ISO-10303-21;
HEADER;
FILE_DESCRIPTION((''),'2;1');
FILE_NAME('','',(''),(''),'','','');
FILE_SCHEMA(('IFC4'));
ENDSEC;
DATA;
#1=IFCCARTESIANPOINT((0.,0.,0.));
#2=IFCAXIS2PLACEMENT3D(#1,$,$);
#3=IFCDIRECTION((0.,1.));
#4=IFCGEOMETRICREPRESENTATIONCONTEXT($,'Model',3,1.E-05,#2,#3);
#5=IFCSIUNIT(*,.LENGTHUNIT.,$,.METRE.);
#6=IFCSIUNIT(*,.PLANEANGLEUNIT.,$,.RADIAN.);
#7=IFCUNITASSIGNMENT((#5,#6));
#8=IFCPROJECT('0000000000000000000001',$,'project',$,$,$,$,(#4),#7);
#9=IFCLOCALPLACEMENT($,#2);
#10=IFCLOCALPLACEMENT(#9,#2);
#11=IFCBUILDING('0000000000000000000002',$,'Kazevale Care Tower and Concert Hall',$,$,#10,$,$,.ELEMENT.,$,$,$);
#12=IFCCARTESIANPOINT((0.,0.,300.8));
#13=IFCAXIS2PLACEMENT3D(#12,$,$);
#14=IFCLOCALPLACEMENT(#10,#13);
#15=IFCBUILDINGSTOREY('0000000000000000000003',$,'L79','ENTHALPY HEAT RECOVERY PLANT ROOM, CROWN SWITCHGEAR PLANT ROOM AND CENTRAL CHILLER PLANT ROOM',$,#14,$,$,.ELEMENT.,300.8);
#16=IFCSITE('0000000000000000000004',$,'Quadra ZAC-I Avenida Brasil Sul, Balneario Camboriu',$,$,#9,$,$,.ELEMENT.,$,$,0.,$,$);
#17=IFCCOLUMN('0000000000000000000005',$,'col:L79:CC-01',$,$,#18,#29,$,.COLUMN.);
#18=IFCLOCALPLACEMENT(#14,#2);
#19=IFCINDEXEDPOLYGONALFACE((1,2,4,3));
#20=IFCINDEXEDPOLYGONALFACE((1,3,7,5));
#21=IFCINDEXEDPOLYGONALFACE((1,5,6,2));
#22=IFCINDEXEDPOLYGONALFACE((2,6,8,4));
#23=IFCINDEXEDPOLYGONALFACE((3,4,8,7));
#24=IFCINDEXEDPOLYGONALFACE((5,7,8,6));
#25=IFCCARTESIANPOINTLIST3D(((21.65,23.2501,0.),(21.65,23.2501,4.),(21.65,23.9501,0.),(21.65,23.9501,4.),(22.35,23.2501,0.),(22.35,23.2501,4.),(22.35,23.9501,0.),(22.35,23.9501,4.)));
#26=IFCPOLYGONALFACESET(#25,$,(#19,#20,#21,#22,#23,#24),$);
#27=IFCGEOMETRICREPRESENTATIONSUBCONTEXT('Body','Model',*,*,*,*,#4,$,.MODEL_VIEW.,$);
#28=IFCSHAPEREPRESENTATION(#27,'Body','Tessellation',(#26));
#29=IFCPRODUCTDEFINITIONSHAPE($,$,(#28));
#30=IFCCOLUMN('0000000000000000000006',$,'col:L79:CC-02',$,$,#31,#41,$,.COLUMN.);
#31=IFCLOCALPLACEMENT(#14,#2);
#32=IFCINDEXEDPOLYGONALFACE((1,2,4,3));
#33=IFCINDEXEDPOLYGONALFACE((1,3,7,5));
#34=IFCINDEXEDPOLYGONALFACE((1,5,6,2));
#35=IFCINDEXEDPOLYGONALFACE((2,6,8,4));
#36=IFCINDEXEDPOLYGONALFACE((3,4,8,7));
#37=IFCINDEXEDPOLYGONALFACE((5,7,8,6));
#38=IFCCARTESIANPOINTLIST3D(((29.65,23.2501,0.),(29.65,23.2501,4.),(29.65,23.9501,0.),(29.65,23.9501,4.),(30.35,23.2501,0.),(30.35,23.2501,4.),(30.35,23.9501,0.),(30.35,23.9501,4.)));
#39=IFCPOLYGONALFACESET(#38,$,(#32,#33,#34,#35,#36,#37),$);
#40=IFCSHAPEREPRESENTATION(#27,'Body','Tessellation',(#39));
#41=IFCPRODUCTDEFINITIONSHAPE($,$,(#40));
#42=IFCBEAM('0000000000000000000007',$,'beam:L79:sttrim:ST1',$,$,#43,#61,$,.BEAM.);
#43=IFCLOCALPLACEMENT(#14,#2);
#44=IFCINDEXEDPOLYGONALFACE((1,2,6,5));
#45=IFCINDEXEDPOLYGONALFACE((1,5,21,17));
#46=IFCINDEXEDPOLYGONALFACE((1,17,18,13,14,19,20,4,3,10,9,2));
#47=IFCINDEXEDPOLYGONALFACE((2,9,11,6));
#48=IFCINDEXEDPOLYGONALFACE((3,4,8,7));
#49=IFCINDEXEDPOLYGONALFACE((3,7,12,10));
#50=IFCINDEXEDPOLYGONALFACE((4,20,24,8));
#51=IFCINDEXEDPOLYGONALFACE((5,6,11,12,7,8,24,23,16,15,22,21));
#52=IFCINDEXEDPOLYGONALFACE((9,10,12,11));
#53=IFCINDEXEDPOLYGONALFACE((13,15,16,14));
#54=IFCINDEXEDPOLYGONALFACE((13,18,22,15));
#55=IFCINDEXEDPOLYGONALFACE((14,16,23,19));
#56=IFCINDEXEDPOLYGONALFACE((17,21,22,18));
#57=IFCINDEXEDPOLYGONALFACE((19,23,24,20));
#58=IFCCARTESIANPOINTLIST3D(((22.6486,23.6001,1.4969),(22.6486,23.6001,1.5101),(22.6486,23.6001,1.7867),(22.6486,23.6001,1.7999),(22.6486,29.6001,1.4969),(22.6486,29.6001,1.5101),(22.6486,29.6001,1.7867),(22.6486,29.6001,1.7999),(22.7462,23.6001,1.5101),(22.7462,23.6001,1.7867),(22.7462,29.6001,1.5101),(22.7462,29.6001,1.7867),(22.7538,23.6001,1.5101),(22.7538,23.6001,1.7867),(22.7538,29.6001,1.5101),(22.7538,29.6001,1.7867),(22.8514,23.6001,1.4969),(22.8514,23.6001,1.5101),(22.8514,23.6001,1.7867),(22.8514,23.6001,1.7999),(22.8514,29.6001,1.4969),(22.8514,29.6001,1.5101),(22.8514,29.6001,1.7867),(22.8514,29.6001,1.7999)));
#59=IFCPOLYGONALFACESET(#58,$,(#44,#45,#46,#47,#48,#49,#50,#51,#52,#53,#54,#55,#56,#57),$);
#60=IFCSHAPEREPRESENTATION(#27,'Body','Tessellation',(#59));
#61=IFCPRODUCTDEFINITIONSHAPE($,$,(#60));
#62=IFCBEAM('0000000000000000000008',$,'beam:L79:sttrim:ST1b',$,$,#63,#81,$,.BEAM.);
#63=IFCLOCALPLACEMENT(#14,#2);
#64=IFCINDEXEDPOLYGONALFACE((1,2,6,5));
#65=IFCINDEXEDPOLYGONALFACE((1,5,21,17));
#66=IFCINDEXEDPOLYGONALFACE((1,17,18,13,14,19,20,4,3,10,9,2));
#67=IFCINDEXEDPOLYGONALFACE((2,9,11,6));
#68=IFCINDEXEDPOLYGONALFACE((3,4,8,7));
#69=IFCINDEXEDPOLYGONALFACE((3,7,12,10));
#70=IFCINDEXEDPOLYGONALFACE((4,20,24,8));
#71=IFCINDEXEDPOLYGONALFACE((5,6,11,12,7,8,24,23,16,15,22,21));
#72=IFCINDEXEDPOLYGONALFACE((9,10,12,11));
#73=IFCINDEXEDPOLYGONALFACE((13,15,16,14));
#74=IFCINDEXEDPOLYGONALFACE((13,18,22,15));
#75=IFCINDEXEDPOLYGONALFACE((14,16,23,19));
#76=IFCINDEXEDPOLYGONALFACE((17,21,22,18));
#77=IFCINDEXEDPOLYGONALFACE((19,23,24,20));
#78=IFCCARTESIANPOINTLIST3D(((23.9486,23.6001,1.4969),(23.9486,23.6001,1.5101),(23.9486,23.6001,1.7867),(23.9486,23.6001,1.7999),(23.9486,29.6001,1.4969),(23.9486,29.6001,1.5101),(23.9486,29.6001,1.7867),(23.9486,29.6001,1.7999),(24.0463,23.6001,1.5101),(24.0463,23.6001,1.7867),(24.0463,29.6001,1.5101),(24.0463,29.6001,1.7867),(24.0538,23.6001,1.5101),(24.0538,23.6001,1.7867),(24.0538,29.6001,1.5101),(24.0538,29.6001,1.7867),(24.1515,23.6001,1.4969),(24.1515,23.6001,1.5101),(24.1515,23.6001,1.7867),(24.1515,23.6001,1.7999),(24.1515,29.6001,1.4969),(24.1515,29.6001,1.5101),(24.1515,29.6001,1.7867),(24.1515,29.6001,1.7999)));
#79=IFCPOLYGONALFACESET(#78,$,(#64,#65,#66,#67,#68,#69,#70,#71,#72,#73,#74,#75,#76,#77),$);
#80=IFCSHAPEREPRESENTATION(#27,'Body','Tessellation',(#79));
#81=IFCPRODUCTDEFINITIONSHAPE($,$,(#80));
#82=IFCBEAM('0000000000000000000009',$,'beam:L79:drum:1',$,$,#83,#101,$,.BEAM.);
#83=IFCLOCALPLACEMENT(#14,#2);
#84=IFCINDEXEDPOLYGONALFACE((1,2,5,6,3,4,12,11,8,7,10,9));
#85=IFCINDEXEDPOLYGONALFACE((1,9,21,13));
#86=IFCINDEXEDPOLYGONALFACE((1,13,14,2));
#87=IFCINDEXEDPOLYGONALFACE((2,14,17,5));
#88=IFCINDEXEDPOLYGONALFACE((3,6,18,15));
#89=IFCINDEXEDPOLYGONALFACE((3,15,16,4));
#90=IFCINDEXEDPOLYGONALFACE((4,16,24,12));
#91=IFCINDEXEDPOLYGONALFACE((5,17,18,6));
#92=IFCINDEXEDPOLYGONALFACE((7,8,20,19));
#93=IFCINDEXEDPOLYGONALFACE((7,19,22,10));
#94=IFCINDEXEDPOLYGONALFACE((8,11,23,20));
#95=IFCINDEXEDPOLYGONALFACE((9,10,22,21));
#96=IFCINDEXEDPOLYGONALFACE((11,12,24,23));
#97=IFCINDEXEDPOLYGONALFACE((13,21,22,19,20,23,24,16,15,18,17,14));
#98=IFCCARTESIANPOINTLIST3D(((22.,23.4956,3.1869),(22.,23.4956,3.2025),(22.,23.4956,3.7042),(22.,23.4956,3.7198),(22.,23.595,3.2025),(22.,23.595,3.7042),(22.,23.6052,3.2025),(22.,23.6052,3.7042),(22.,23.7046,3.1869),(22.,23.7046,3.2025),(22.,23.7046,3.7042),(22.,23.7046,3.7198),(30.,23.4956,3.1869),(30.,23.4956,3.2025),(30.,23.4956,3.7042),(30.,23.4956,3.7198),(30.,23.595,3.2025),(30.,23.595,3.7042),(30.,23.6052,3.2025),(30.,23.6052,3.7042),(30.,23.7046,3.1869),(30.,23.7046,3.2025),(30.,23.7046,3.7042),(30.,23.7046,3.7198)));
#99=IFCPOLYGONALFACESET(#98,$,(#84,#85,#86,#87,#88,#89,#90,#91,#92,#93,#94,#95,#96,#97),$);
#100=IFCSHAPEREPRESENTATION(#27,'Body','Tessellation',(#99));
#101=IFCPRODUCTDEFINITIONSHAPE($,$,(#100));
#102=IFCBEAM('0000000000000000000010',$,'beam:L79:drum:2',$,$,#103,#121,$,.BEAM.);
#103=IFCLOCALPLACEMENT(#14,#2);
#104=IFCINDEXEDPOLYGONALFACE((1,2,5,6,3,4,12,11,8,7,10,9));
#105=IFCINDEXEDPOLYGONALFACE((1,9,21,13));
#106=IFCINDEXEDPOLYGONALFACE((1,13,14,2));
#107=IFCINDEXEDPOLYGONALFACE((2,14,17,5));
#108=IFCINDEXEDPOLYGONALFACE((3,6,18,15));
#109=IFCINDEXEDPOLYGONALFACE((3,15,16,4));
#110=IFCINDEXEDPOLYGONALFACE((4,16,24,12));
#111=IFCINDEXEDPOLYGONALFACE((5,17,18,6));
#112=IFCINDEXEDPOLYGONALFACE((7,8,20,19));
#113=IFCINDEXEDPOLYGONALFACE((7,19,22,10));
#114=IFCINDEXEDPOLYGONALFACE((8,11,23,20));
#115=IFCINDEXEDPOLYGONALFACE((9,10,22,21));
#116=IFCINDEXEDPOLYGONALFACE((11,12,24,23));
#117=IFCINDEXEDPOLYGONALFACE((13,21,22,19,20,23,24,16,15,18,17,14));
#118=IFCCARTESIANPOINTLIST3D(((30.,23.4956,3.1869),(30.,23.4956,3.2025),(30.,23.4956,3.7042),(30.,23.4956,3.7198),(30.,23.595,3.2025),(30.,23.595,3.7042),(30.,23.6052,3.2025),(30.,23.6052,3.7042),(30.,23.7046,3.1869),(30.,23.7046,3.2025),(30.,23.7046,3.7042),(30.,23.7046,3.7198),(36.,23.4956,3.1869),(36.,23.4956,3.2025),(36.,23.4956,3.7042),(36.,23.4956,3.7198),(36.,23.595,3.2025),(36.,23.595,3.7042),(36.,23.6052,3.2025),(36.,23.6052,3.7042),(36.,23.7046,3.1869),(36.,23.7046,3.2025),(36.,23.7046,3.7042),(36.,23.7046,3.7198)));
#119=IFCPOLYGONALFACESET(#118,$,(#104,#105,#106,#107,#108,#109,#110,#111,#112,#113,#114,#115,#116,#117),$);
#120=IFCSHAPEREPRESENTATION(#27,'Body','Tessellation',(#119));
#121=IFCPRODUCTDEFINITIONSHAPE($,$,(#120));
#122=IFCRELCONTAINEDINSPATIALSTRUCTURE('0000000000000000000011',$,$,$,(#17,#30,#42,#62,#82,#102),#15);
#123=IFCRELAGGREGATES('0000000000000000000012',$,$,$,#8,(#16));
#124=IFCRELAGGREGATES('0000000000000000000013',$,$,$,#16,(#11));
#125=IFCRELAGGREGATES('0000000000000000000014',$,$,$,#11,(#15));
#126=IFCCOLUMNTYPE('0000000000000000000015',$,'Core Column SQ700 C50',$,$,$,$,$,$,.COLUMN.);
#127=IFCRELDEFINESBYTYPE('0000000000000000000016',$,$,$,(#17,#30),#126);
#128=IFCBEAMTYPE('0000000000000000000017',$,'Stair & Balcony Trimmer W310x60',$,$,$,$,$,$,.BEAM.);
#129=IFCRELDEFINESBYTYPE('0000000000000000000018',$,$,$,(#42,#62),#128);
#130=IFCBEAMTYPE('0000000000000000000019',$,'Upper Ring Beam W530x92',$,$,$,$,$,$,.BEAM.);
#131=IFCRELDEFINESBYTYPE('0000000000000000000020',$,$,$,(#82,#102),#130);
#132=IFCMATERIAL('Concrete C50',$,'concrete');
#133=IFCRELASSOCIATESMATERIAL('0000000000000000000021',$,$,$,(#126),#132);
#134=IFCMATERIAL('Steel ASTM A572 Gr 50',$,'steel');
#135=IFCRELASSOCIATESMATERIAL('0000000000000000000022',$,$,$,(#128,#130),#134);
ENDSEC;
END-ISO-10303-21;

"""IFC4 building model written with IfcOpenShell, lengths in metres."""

from ifc_helpers import new_model, si_unit, direction, frame, origin, origin_2d, place, context, subcontext, project, spatial, rectangle, i_section, extrude, material, material_profile, profile_set, type_object, element, save


model = new_model("IFC4")

# Units and contexts
model_context = context("Model", 3, precision=1e-05, world=origin(), true_north=direction((0.0, 1.0)))
body_context = subcontext(model_context, "Body", "Model", "MODEL_VIEW")
ifc_project = project(units=[si_unit("LENGTHUNIT", "METRE"), si_unit("PLANEANGLEUNIT", "RADIAN")], contexts=[model_context])

# Site, building, storey
site_placement = place(None, origin())
site = spatial("IfcSite", under=ifc_project, at=site_placement, Name="Quadra ZAC-I Avenida Brasil Sul, Balneario Camboriu", CompositionType="ELEMENT", RefElevation=0.0)
building_placement = place(site_placement, origin())
building = spatial("IfcBuilding", under=site, at=building_placement, Name="Kazevale Care Tower and Concert Hall", CompositionType="ELEMENT")
storey_placement = place(building_placement, frame((0.0, 0.0, 300.8)))
storey = spatial("IfcBuildingStorey", under=building, at=storey_placement, Name="L79", Description="ENTHALPY HEAT RECOVERY PLANT ROOM, CROWN SWITCHGEAR PLANT ROOM AND CENTRAL CHILLER PLANT ROOM", CompositionType="ELEMENT", Elevation=300.8)

# Columns
ifc_material_1 = material(Name="Concrete C50", Category="concrete")
ifc_material_profile_1 = material_profile(ifc_material_1, rectangle(XDim=0.7, YDim=0.7, at=origin_2d()), Name="RC-SQ700")
ifc_profile_set_1 = profile_set([ifc_material_profile_1], Name="Concrete C50")
column_type = type_object("IfcColumnType", Name="Core Column SQ700 C50", PredefinedType="COLUMN", material=ifc_profile_set_1)
for number, where, z_axis, x_axis, name in (
    (1, (22.0, 23.6001, 0.0), (0.0, 0.0, 1.0), (1.0, 0.0, 0.0), "col:L79:CC-01"),
    (2, (30.0, 23.6001, 0.0), (0.0, 0.0, 1.0), (1.0, 0.0, 0.0), "col:L79:CC-02"),
):
    element("IfcColumn", number, at=place(storey_placement, frame(where, z_axis=z_axis, x_axis=x_axis)), inside=storey, type_object=column_type, Name=name, PredefinedType="COLUMN", context=body_context, shape_type="SweptSolid", body=[
        extrude(rectangle(XDim=0.7, YDim=0.7, at=origin_2d()), origin(), (0.0, 0.0, 1.0), 4.0),
    ])

# Beams
ifc_material_2 = material(Name="Steel ASTM A572 Gr 50", Category="steel")
ifc_material_profile_2 = material_profile(ifc_material_2, i_section(OverallWidth=0.2029, OverallDepth=0.303, WebThickness=0.0076, FlangeThickness=0.0132, at=origin_2d()), Name="W310x60")
ifc_profile_set_2 = profile_set([ifc_material_profile_2], Name="Steel ASTM A572 Gr 50")
beam_type_1 = type_object("IfcBeamType", Name="Stair & Balcony Trimmer W310x60", PredefinedType="BEAM", material=ifc_profile_set_2)
for number, where, z_axis, x_axis, name in (
    (3, (22.75, 23.6001, 1.6484), (0.0, 1.0, 0.0), (-1.0, 0.0, 0.0), "beam:L79:sttrim:ST1"),
    (4, (24.05, 23.6001, 1.6484), (0.0, 1.0, 0.0), (-1.0, 0.0, 0.0), "beam:L79:sttrim:ST1b"),
):
    element("IfcBeam", number, at=place(storey_placement, frame(where, z_axis=z_axis, x_axis=x_axis)), inside=storey, type_object=beam_type_1, Name=name, PredefinedType="BEAM", context=body_context, shape_type="SweptSolid", body=[
        extrude(i_section(OverallWidth=0.2029, OverallDepth=0.303, WebThickness=0.0076, FlangeThickness=0.0132, at=origin_2d()), origin(), (0.0, 0.0, 1.0), 6.0),
    ])
ifc_material_profile_3 = material_profile(ifc_material_2, i_section(OverallWidth=0.209, OverallDepth=0.533, WebThickness=0.0103, FlangeThickness=0.0156, at=origin_2d()), Name="W530x92")
ifc_profile_set_3 = profile_set([ifc_material_profile_3], Name="Steel ASTM A572 Gr 50")
beam_type_2 = type_object("IfcBeamType", Name="Upper Ring Beam W530x92", PredefinedType="BEAM", material=ifc_profile_set_3)
beam_1_placement = place(storey_placement, frame((22.0, 23.6001, 3.4534), z_axis=(1.0, 0.0, 0.0), x_axis=(0.0, 1.0, 0.0)))
element("IfcBeam", 5, at=beam_1_placement, inside=storey, type_object=beam_type_2, Name="beam:L79:drum:1", PredefinedType="BEAM", context=body_context, shape_type="SweptSolid", body=[
    extrude(i_section(OverallWidth=0.209, OverallDepth=0.533, WebThickness=0.0103, FlangeThickness=0.0156, at=origin_2d()), origin(), (0.0, 0.0, 1.0), 8.0),
])
beam_2_placement = place(storey_placement, frame((30.0, 23.6001, 3.4534), z_axis=(1.0, 0.0, 0.0), x_axis=(0.0, 1.0, 0.0)))
element("IfcBeam", 6, at=beam_2_placement, inside=storey, type_object=beam_type_2, Name="beam:L79:drum:2", PredefinedType="BEAM", context=body_context, shape_type="SweptSolid", body=[
    extrude(i_section(OverallWidth=0.209, OverallDepth=0.533, WebThickness=0.0103, FlangeThickness=0.0156, at=origin_2d()), origin(), (0.0, 0.0, 1.0), 6.0),
])

save(model, "model.ifc")
